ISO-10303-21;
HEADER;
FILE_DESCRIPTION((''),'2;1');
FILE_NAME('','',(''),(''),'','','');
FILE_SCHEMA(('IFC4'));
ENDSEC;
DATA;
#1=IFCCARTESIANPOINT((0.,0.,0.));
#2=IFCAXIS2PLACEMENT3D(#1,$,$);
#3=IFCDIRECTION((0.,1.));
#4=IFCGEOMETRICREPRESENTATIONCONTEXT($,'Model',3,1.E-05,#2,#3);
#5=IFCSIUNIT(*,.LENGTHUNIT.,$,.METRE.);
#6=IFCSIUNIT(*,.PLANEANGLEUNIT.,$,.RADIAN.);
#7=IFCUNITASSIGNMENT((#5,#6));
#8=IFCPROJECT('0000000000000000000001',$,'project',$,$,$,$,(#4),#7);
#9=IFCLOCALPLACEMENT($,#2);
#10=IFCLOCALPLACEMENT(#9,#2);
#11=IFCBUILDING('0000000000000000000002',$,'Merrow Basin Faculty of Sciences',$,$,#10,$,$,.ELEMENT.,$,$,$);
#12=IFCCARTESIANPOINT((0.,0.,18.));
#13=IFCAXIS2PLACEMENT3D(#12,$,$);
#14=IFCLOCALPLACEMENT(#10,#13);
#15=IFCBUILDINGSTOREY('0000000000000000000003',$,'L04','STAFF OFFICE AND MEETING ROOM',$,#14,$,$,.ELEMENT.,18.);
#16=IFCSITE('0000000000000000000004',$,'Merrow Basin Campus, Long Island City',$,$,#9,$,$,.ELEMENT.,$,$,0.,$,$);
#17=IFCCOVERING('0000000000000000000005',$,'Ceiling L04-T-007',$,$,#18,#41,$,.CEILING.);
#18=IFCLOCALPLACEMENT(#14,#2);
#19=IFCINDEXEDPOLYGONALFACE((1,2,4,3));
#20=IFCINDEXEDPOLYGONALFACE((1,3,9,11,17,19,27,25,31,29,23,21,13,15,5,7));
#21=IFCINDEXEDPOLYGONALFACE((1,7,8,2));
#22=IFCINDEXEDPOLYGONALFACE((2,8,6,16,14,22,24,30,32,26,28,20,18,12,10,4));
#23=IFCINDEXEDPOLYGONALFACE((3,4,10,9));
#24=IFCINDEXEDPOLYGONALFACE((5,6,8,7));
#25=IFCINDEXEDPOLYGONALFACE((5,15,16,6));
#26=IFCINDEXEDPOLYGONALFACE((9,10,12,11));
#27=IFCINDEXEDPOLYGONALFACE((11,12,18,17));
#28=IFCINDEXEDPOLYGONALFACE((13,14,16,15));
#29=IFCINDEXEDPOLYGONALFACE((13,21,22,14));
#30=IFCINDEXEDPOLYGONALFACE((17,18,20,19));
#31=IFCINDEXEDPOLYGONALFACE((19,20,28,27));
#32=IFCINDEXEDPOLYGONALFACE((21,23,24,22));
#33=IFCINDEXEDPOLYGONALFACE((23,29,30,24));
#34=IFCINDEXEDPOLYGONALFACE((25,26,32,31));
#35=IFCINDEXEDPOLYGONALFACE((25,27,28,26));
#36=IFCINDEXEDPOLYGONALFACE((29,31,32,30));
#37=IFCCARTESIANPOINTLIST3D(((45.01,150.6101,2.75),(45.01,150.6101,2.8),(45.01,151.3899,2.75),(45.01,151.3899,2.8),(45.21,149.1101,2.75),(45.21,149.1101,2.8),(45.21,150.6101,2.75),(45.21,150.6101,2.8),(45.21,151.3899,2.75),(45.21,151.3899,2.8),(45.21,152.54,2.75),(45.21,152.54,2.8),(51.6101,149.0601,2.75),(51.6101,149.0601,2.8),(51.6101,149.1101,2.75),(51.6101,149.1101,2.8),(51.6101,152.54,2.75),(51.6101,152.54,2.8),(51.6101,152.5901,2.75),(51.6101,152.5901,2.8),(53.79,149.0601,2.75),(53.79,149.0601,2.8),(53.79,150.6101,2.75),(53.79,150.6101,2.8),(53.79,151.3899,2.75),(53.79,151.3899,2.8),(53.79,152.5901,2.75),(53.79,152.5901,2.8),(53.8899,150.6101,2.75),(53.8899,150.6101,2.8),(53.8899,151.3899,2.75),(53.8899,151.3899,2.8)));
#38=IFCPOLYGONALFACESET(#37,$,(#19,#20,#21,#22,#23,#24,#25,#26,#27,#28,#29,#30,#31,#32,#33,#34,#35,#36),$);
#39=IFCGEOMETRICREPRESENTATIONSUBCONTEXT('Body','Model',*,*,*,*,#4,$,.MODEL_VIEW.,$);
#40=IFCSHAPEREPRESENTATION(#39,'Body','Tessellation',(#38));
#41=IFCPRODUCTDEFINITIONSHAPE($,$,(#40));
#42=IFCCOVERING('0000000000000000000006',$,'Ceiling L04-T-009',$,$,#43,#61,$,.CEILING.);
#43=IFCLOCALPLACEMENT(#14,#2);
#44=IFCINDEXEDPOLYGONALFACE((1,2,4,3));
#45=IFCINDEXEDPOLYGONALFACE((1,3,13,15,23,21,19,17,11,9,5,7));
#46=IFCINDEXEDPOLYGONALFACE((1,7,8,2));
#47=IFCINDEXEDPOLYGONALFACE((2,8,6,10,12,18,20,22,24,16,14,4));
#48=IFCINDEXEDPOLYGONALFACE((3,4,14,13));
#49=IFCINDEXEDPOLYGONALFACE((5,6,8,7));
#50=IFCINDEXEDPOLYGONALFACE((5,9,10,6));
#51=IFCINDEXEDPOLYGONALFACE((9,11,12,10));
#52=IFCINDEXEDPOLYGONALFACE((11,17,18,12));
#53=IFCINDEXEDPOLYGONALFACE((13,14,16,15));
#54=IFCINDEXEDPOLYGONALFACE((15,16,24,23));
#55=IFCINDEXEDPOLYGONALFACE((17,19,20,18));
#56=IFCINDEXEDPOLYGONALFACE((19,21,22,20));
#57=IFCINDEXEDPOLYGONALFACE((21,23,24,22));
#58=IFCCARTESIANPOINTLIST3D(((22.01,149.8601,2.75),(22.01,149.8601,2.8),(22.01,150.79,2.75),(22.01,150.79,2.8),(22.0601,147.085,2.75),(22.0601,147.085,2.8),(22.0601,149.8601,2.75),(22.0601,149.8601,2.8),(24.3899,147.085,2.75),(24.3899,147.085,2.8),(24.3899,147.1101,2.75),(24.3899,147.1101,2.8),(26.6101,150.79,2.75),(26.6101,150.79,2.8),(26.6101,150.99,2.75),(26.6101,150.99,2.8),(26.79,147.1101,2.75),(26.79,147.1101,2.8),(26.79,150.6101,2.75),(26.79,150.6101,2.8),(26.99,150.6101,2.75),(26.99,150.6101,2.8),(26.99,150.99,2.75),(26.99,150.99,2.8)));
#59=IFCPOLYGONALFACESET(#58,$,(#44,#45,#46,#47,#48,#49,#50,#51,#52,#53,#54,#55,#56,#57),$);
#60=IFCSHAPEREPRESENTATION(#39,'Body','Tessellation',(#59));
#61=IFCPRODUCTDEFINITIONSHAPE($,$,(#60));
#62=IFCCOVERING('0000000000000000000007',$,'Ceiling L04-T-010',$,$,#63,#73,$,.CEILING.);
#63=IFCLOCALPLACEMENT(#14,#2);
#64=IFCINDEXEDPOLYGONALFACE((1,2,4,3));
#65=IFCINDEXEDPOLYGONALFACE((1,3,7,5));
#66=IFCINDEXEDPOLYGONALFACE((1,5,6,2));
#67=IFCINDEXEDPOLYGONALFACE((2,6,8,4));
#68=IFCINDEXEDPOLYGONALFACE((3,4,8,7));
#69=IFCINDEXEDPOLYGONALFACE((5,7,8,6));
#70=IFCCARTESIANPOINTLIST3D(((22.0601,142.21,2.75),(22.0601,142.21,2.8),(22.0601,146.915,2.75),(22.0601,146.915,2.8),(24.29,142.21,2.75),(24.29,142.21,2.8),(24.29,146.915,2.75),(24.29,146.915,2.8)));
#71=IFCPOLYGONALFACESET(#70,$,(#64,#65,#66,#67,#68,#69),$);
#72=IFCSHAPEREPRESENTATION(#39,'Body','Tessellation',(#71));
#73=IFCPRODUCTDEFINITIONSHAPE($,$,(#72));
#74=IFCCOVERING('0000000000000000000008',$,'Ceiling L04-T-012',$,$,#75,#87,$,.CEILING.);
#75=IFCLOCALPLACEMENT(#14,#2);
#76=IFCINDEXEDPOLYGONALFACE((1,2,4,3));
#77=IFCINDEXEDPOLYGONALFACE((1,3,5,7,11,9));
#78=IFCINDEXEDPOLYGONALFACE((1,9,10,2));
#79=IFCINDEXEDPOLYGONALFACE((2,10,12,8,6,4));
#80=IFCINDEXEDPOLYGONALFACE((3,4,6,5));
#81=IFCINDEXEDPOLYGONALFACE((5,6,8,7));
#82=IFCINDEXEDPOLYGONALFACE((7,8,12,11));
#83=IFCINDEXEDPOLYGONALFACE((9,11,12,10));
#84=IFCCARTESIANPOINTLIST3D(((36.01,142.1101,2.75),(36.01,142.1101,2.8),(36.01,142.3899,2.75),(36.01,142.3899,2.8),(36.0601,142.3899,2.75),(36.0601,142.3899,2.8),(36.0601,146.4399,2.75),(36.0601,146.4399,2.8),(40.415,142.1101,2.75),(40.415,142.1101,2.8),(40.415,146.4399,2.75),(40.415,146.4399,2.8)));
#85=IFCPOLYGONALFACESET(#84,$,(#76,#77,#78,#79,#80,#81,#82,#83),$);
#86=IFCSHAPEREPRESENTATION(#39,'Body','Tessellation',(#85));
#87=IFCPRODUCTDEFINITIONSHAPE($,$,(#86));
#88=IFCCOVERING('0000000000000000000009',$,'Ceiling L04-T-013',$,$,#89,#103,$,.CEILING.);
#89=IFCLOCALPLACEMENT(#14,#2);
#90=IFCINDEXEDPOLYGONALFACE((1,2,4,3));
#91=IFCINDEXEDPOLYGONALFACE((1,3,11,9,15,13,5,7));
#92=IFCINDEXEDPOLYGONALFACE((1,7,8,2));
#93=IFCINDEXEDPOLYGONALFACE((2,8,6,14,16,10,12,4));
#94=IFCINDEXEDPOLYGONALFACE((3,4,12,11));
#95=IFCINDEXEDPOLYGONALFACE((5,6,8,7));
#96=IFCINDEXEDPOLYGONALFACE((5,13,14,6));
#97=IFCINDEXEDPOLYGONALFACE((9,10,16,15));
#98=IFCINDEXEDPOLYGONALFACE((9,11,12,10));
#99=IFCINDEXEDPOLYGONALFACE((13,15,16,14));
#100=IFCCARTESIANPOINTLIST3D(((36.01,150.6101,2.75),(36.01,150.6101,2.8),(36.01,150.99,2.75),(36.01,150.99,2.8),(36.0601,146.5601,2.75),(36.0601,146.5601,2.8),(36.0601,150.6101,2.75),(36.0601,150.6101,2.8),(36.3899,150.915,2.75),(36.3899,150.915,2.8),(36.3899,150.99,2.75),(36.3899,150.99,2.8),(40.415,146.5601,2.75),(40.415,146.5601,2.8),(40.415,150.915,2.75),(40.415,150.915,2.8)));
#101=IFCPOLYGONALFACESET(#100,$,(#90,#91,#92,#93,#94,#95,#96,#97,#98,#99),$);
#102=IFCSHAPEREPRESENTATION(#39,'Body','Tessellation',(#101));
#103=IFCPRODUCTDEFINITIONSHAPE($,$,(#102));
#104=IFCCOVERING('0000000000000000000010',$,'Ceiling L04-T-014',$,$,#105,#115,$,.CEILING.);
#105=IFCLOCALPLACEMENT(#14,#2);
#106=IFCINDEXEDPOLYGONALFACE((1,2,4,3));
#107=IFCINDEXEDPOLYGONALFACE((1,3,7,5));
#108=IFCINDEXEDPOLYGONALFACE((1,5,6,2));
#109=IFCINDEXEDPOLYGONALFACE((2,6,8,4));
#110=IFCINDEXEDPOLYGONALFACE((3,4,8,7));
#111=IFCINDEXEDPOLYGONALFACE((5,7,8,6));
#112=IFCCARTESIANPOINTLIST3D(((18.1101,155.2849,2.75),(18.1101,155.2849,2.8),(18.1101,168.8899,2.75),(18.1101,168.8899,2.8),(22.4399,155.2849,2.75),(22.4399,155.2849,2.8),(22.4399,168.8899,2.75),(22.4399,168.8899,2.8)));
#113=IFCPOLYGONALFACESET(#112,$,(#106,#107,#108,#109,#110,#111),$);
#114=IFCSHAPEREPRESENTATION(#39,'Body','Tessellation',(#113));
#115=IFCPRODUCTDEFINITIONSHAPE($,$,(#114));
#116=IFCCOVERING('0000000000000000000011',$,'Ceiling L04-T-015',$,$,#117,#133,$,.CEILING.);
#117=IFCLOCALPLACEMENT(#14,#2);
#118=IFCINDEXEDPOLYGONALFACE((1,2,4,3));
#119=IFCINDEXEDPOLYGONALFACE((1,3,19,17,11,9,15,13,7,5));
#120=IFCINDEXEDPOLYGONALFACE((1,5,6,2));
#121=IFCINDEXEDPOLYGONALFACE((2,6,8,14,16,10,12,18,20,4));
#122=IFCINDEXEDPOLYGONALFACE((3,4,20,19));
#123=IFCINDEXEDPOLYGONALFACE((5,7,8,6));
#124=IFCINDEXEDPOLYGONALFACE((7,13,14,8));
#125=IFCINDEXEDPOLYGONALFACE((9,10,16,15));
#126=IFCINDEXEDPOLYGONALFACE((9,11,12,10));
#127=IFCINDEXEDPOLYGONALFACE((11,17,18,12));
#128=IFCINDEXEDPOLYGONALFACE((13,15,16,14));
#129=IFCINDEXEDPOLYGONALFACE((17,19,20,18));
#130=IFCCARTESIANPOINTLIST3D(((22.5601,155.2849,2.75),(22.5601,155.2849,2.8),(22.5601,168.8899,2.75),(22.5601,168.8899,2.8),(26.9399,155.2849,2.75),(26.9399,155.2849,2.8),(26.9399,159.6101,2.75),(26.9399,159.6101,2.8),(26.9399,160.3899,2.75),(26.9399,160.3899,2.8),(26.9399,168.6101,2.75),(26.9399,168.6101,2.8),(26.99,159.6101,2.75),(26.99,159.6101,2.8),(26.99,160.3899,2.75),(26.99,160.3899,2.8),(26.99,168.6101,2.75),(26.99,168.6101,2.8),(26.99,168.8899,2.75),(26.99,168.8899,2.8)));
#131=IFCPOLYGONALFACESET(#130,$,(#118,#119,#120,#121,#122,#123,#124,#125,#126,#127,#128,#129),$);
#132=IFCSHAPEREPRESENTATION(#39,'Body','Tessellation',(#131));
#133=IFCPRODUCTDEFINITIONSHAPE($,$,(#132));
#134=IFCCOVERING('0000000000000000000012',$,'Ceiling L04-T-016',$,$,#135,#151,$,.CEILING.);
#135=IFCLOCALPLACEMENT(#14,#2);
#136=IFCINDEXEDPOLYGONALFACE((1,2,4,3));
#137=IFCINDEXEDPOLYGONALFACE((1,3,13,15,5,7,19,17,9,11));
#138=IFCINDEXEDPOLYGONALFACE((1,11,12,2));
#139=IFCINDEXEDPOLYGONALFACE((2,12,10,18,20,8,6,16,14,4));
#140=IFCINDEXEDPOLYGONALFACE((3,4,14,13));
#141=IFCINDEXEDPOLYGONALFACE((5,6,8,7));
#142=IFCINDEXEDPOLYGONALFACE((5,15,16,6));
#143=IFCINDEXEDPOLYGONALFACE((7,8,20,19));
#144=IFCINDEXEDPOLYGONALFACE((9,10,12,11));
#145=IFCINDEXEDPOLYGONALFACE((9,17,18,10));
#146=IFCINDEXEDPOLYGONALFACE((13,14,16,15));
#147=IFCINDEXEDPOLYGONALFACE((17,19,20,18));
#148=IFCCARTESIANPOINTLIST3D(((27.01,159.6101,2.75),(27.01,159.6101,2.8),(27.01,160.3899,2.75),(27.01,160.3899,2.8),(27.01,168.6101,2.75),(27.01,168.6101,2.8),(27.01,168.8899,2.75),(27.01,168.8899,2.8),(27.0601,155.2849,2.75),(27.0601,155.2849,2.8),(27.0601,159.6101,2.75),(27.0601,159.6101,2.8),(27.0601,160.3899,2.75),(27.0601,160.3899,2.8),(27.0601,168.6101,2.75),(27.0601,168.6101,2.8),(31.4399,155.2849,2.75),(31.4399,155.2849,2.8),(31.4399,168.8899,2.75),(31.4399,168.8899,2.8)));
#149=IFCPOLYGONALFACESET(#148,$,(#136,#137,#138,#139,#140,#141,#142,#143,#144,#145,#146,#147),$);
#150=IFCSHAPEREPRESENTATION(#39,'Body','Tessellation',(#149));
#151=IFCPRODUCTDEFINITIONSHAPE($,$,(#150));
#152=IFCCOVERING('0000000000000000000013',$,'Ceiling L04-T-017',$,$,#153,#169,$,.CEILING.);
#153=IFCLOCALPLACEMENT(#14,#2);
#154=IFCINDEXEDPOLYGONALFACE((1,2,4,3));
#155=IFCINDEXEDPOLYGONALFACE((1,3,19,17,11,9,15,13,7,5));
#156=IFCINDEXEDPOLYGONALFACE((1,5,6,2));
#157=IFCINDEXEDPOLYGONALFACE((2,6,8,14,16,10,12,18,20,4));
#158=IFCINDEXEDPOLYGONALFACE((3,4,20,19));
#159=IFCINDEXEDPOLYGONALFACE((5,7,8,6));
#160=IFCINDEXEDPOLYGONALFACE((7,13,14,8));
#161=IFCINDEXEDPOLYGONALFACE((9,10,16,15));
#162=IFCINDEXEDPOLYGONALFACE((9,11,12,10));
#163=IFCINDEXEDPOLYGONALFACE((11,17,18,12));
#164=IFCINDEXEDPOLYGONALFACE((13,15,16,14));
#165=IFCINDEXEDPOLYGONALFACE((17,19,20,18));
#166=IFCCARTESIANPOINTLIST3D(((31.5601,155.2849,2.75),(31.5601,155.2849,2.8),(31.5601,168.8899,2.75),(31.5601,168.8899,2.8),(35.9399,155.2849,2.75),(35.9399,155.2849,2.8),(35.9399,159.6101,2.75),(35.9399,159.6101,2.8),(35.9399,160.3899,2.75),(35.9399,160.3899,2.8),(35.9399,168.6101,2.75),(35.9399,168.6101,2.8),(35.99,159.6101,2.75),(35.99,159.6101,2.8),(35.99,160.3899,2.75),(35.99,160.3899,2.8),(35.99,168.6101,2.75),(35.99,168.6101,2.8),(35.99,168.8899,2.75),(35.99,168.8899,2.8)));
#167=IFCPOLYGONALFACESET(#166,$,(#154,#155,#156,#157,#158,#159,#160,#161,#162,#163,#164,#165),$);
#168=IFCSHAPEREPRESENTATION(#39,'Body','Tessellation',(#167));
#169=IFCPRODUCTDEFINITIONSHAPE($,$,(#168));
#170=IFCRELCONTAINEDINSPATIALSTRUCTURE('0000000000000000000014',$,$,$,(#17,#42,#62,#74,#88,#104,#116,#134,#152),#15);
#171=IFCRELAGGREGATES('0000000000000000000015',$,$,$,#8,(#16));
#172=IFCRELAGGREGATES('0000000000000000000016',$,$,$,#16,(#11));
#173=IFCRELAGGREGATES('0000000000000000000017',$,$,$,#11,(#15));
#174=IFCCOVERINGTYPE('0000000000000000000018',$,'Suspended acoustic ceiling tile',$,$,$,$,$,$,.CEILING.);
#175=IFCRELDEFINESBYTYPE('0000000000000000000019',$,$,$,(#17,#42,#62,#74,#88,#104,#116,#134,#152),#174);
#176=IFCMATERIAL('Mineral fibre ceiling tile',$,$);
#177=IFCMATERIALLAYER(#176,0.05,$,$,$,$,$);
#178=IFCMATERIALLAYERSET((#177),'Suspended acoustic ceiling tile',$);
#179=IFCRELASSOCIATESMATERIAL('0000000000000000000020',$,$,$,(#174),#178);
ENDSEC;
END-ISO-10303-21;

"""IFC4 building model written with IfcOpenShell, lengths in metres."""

from ifc_helpers import new_model, si_unit, direction, frame, origin, place, context, subcontext, project, spatial, polyline, outline, extrude, material, layer, layer_set, type_object, element, save


model = new_model("IFC4")

# Units and contexts
model_context = context("Model", 3, precision=1e-05, world=origin(), true_north=direction((0.0, 1.0)))
body_context = subcontext(model_context, "Body", "Model", "MODEL_VIEW")
ifc_project = project(units=[si_unit("LENGTHUNIT", "METRE"), si_unit("PLANEANGLEUNIT", "RADIAN")], contexts=[model_context])

# Site, building, storey
site_placement = place(None, origin())
site = spatial("IfcSite", under=ifc_project, at=site_placement, Name="Merrow Basin Campus, Long Island City", CompositionType="ELEMENT", RefElevation=0.0)
building_placement = place(site_placement, origin())
building = spatial("IfcBuilding", under=site, at=building_placement, Name="Merrow Basin Faculty of Sciences", CompositionType="ELEMENT")
storey_placement = place(building_placement, frame((0.0, 0.0, 18.0)))
storey = spatial("IfcBuildingStorey", under=building, at=storey_placement, Name="L04", Description="STAFF OFFICE AND MEETING ROOM", CompositionType="ELEMENT", Elevation=18.0)

# Coverings
ifc_material_1 = material(Name="Mineral fibre ceiling tile")
ifc_layer_1 = layer(ifc_material_1, 0.05)
ifc_layer_set_1 = layer_set([ifc_layer_1], Name="Suspended acoustic ceiling tile")
covering_type_1 = type_object("IfcCoveringType", Name="Suspended acoustic ceiling tile", PredefinedType="CEILING", material=ifc_layer_set_1)
covering_1_placement = place(storey_placement, frame((0.0, 0.0, 2.75)))
element("IfcCovering", 1, at=covering_1_placement, inside=storey, type_object=covering_type_1, Name="Ceiling L04-T-007", PredefinedType="CEILING", context=body_context, shape_type="SweptSolid", body=[
    extrude(outline(polyline([(45.01, 151.3899), (45.21, 151.3899), (45.21, 152.54), (51.6101, 152.54), (51.6101, 152.5901), (53.79, 152.5901), (53.79, 151.3899), (53.8899, 151.3899), (53.8899, 150.6101), (53.79, 150.6101), (53.79, 149.0601), (51.6101, 149.0601), (51.6101, 149.1101), (45.21, 149.1101), (45.21, 150.6101), (45.01, 150.6101), (45.01, 151.3899)])), origin(), (0.0, 0.0, 1.0), 0.05),
])
covering_2_placement = place(storey_placement, frame((0.0, 0.0, 2.75)))
element("IfcCovering", 2, at=covering_2_placement, inside=storey, type_object=covering_type_1, Name="Ceiling L04-T-009", PredefinedType="CEILING", context=body_context, shape_type="SweptSolid", body=[
    extrude(outline(polyline([(26.99, 150.99), (26.99, 150.6101), (26.79, 150.6101), (26.79, 147.1101), (24.3899, 147.1101), (24.3899, 147.085), (22.0601, 147.085), (22.0601, 149.8601), (22.01, 149.8601), (22.01, 150.79), (26.6101, 150.79), (26.6101, 150.99), (26.99, 150.99)])), origin(), (0.0, 0.0, 1.0), 0.05),
])
covering_3_placement = place(storey_placement, frame((0.0, 0.0, 2.75)))
element("IfcCovering", 3, at=covering_3_placement, inside=storey, type_object=covering_type_1, Name="Ceiling L04-T-010", PredefinedType="CEILING", context=body_context, shape_type="SweptSolid", body=[
    extrude(outline(polyline([(22.0601, 146.915), (24.29, 146.915), (24.29, 142.21), (22.0601, 142.21), (22.0601, 146.915)])), origin(), (0.0, 0.0, 1.0), 0.05),
])
covering_4_placement = place(storey_placement, frame((0.0, 0.0, 2.75)))
element("IfcCovering", 4, at=covering_4_placement, inside=storey, type_object=covering_type_1, Name="Ceiling L04-T-012", PredefinedType="CEILING", context=body_context, shape_type="SweptSolid", body=[
    extrude(outline(polyline([(36.01, 142.1101), (36.01, 142.3899), (36.0601, 142.3899), (36.0601, 146.4399), (40.415, 146.4399), (40.415, 142.1101), (36.01, 142.1101)])), origin(), (0.0, 0.0, 1.0), 0.05),
])
covering_5_placement = place(storey_placement, frame((0.0, 0.0, 2.75)))
element("IfcCovering", 5, at=covering_5_placement, inside=storey, type_object=covering_type_1, Name="Ceiling L04-T-013", PredefinedType="CEILING", context=body_context, shape_type="SweptSolid", body=[
    extrude(outline(polyline([(36.01, 150.99), (36.3899, 150.99), (36.3899, 150.915), (40.415, 150.915), (40.415, 146.5601), (36.0601, 146.5601), (36.0601, 150.6101), (36.01, 150.6101), (36.01, 150.99)])), origin(), (0.0, 0.0, 1.0), 0.05),
])
covering_6_placement = place(storey_placement, frame((0.0, 0.0, 2.75)))
element("IfcCovering", 6, at=covering_6_placement, inside=storey, type_object=covering_type_1, Name="Ceiling L04-T-014", PredefinedType="CEILING", context=body_context, shape_type="SweptSolid", body=[
    extrude(outline(polyline([(18.1101, 168.8899), (22.4399, 168.8899), (22.4399, 155.2849), (18.1101, 155.2849), (18.1101, 168.8899)])), origin(), (0.0, 0.0, 1.0), 0.05),
])
covering_7_placement = place(storey_placement, frame((0.0, 0.0, 2.75)))
element("IfcCovering", 7, at=covering_7_placement, inside=storey, type_object=covering_type_1, Name="Ceiling L04-T-015", PredefinedType="CEILING", context=body_context, shape_type="SweptSolid", body=[
    extrude(outline(polyline([(22.5601, 155.2849), (22.5601, 168.8899), (26.99, 168.8899), (26.99, 168.6101), (26.9399, 168.6101), (26.9399, 160.3899), (26.99, 160.3899), (26.99, 159.6101), (26.9399, 159.6101), (26.9399, 155.2849), (22.5601, 155.2849)])), origin(), (0.0, 0.0, 1.0), 0.05),
])
covering_8_placement = place(storey_placement, frame((0.0, 0.0, 2.75)))
element("IfcCovering", 8, at=covering_8_placement, inside=storey, type_object=covering_type_1, Name="Ceiling L04-T-016", PredefinedType="CEILING", context=body_context, shape_type="SweptSolid", body=[
    extrude(outline(polyline([(27.0601, 155.2849), (27.0601, 159.6101), (27.01, 159.6101), (27.01, 160.3899), (27.0601, 160.3899), (27.0601, 168.6101), (27.01, 168.6101), (27.01, 168.8899), (31.4399, 168.8899), (31.4399, 155.2849), (27.0601, 155.2849)])), origin(), (0.0, 0.0, 1.0), 0.05),
])
covering_9_placement = place(storey_placement, frame((0.0, 0.0, 2.75)))
element("IfcCovering", 9, at=covering_9_placement, inside=storey, type_object=covering_type_1, Name="Ceiling L04-T-017", PredefinedType="CEILING", context=body_context, shape_type="SweptSolid", body=[
    extrude(outline(polyline([(31.5601, 155.2849), (31.5601, 168.8899), (35.99, 168.8899), (35.99, 168.6101), (35.9399, 168.6101), (35.9399, 160.3899), (35.99, 160.3899), (35.99, 159.6101), (35.9399, 159.6101), (35.9399, 155.2849), (31.5601, 155.2849)])), origin(), (0.0, 0.0, 1.0), 0.05),
])

save(model, "model.ifc")
